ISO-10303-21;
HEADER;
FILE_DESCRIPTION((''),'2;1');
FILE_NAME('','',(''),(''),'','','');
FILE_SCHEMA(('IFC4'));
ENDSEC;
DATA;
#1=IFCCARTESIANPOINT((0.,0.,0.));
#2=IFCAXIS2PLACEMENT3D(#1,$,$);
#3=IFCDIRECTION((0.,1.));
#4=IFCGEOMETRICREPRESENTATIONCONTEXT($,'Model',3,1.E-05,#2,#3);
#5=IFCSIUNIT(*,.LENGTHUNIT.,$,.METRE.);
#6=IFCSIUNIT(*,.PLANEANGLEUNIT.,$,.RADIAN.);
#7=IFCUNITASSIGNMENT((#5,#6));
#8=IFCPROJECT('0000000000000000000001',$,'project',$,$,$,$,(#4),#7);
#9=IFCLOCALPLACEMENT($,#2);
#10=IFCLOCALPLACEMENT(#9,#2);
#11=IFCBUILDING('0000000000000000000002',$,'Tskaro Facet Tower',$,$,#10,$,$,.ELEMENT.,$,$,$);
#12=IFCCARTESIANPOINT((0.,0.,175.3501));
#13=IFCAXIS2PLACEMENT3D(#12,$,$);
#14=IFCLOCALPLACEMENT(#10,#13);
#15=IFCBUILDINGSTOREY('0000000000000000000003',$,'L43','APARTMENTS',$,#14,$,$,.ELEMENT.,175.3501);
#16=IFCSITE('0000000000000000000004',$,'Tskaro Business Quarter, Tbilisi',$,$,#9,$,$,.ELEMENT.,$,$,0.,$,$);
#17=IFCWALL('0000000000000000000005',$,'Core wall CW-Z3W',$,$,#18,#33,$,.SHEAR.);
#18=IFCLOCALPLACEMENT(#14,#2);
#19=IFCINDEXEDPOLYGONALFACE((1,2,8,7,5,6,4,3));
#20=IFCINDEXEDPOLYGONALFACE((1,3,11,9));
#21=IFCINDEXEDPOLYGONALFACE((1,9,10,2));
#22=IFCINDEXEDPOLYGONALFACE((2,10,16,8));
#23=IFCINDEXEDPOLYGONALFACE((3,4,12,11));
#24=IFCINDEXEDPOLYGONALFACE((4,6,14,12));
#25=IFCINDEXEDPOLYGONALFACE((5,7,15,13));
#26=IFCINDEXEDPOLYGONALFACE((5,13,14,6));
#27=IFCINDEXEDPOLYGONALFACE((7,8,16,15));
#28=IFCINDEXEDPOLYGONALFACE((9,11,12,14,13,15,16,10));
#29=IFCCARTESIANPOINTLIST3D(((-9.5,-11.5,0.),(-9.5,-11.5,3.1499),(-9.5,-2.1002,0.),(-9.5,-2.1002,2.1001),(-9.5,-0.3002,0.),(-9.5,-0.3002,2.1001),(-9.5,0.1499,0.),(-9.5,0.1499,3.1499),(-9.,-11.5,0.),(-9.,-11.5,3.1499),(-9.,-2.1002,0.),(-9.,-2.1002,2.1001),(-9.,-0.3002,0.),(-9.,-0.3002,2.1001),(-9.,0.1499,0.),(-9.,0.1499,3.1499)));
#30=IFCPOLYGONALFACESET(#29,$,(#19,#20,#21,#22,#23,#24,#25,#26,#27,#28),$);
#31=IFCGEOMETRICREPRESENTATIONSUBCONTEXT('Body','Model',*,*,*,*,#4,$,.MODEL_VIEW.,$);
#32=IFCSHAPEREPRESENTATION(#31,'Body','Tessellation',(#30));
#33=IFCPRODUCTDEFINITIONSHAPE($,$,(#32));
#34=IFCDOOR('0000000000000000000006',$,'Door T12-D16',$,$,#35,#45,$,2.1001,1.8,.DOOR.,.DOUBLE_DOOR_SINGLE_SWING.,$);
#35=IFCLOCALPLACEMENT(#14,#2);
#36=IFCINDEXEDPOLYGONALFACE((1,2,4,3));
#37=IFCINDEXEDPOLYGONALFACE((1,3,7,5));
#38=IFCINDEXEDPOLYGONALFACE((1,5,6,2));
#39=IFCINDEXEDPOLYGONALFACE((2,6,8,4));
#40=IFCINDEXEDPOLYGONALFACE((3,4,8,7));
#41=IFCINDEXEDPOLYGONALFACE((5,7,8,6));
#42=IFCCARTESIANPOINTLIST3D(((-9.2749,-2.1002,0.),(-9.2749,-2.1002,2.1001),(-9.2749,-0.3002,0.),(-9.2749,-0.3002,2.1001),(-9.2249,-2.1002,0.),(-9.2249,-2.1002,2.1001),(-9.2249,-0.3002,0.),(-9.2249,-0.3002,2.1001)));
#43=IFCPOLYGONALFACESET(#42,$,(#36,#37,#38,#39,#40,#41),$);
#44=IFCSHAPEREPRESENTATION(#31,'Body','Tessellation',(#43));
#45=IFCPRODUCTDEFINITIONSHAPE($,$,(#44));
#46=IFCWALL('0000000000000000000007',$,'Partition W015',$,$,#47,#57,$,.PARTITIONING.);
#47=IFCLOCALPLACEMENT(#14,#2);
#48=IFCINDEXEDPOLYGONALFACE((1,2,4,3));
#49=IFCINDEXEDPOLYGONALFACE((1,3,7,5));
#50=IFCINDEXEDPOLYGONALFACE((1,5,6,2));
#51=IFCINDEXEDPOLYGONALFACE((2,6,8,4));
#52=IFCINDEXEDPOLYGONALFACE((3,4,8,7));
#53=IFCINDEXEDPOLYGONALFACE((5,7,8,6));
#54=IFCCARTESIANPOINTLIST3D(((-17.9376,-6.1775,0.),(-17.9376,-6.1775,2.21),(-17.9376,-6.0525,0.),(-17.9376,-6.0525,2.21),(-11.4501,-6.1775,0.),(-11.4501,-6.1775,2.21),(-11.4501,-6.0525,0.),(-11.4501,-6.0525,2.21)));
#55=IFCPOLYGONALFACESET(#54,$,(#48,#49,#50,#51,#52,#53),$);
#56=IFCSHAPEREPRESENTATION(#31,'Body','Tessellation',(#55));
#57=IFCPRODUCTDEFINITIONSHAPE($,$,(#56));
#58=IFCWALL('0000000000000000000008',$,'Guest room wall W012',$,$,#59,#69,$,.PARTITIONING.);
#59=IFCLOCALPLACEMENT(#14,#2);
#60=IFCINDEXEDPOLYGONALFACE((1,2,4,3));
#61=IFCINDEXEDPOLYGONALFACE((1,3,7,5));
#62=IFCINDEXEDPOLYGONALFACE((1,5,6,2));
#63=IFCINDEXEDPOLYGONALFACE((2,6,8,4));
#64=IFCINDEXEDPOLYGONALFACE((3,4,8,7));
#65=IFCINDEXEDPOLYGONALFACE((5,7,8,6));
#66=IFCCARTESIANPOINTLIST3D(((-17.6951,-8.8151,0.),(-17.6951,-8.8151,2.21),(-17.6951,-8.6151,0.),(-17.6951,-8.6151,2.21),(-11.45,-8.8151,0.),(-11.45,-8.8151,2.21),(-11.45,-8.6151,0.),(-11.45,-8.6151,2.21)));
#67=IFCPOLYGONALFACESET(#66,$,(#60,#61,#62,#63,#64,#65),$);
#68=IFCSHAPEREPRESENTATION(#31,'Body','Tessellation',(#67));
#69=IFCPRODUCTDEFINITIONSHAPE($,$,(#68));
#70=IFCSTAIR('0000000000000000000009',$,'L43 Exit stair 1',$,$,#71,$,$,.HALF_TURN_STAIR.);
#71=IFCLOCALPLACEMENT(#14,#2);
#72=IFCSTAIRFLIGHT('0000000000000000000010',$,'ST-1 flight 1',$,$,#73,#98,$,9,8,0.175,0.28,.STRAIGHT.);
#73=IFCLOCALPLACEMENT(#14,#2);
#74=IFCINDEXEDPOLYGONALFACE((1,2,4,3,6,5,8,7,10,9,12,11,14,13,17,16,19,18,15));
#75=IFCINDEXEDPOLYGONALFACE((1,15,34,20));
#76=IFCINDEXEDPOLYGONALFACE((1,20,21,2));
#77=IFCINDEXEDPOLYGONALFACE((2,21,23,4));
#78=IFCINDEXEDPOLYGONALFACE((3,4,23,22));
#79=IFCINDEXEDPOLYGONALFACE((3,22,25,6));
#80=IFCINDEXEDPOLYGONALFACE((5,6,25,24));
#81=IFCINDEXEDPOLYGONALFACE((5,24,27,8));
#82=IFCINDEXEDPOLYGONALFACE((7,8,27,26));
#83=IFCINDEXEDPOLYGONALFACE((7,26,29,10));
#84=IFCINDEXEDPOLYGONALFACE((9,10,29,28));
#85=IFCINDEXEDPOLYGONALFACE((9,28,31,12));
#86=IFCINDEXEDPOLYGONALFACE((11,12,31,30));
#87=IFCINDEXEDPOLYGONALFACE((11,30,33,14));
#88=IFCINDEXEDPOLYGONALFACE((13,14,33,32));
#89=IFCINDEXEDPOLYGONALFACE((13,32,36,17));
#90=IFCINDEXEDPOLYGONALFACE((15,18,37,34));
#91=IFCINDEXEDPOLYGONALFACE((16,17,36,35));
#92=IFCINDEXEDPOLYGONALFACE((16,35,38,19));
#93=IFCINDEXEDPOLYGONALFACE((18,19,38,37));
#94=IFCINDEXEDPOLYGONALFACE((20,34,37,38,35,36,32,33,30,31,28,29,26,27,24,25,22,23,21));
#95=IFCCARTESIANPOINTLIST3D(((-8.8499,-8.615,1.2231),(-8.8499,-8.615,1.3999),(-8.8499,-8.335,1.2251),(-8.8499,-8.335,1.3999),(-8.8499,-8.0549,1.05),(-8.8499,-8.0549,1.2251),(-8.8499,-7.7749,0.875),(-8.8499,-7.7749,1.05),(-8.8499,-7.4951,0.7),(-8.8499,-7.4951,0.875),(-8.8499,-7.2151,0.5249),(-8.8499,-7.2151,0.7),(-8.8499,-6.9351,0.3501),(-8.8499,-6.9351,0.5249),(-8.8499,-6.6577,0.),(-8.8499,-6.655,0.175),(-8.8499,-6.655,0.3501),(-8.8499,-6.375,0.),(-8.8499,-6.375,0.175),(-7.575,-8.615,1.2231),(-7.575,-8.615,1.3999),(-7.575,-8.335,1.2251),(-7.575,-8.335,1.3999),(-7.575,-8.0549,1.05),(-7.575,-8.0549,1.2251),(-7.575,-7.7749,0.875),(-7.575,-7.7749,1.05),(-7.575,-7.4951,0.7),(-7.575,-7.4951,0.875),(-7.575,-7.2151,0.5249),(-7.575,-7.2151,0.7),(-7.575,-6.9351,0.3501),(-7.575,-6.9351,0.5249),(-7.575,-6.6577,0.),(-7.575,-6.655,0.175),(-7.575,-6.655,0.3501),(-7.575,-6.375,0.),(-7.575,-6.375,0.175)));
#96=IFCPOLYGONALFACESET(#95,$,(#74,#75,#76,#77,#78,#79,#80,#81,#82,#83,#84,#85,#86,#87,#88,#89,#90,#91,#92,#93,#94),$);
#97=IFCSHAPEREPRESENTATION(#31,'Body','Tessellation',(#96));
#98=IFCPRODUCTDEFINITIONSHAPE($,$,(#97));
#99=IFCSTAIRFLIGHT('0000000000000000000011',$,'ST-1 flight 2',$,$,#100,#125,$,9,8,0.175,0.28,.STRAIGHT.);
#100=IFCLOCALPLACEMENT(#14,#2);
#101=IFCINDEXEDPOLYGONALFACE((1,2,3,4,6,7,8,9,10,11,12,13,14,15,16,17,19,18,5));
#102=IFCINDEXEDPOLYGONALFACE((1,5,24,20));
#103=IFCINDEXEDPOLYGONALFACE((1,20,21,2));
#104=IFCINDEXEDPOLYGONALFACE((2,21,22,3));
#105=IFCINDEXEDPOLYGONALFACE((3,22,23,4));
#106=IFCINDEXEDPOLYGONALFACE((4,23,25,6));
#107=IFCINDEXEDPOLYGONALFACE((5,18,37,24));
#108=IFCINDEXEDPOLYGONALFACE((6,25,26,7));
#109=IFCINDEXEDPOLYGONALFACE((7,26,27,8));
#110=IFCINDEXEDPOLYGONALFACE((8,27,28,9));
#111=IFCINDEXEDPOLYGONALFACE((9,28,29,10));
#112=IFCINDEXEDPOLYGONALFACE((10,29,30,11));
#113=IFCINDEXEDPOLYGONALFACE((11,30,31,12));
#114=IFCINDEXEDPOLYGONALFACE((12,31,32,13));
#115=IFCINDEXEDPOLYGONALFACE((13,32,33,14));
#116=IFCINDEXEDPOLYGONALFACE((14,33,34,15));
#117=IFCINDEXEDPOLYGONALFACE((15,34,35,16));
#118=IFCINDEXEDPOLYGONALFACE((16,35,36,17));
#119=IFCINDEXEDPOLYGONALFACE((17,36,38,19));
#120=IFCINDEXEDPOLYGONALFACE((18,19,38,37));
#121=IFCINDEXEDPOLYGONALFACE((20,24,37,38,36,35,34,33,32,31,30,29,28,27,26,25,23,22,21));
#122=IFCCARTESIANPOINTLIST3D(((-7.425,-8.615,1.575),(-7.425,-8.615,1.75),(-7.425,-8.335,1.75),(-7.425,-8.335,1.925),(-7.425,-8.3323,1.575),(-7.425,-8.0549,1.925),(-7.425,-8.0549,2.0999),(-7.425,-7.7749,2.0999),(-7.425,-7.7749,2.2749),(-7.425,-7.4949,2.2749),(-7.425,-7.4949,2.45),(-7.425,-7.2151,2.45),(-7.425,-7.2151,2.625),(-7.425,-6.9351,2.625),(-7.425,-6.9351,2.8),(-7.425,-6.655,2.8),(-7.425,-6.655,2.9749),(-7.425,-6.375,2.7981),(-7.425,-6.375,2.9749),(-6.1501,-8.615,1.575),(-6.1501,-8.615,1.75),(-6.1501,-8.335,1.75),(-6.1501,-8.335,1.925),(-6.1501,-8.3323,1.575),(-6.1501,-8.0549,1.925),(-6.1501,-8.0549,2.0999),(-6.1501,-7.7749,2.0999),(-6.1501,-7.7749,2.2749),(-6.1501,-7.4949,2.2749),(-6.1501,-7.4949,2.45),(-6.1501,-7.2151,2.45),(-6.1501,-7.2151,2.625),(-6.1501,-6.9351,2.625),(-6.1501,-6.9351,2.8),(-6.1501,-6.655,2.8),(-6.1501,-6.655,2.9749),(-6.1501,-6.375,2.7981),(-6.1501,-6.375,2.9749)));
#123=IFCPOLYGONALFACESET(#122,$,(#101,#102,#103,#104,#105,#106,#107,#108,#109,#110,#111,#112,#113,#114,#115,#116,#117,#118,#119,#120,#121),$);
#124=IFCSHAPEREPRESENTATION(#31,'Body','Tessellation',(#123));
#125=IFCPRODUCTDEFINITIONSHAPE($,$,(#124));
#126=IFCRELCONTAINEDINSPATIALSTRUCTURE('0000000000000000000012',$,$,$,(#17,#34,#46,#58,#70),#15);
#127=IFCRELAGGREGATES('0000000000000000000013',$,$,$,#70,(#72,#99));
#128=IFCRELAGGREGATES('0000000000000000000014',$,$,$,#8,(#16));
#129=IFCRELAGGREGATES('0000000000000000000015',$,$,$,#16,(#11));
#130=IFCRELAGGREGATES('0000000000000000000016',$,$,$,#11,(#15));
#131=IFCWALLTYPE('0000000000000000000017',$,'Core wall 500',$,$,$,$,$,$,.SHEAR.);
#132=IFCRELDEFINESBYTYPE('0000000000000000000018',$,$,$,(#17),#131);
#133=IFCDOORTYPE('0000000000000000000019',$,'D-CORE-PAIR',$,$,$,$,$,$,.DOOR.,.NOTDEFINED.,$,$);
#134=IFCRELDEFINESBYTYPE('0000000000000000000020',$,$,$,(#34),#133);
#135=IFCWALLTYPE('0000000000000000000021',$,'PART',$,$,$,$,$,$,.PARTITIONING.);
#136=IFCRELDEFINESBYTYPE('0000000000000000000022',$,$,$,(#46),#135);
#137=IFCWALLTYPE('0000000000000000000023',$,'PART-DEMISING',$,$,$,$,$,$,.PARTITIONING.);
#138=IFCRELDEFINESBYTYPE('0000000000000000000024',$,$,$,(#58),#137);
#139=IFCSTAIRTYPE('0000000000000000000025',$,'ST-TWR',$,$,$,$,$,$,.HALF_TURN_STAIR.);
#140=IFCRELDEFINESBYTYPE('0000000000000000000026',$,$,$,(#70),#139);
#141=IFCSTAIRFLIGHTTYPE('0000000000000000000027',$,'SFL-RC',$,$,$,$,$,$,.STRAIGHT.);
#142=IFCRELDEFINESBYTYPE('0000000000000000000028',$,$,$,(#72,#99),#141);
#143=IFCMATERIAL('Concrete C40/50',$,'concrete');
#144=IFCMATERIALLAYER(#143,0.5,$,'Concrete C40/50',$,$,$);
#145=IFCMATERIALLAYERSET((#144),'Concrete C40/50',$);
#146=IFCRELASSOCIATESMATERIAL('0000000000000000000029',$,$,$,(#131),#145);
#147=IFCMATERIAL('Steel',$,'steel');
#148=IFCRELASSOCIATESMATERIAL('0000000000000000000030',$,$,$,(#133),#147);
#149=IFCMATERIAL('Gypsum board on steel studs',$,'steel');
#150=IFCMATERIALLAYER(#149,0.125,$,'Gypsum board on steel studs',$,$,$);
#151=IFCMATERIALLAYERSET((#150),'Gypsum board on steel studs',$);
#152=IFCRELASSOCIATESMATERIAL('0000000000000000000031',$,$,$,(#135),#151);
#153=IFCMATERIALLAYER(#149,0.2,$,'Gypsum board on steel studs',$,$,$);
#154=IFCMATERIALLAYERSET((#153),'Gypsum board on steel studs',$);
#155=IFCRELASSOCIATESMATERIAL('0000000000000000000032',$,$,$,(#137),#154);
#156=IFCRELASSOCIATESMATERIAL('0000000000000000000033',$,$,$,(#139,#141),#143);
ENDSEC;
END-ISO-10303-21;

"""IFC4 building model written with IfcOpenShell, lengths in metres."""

from ifc_helpers import new_model, si_unit, direction, frame, frame_2d, origin, place, context, subcontext, project, spatial, polyline, rectangle, outline, extrude, material, layer, layer_set, type_object, element, fill, aggregate, save


model = new_model("IFC4")

# Units and contexts
model_context = context("Model", 3, precision=1e-05, world=origin(), true_north=direction((0.0, 1.0)))
body_context = subcontext(model_context, "Body", "Model", "MODEL_VIEW")
ifc_project = project(units=[si_unit("LENGTHUNIT", "METRE"), si_unit("PLANEANGLEUNIT", "RADIAN")], contexts=[model_context])

# Site, building, storey
site_placement = place(None, origin())
site = spatial("IfcSite", under=ifc_project, at=site_placement, Name="Tskaro Business Quarter, Tbilisi", CompositionType="ELEMENT", RefElevation=0.0)
building_placement = place(site_placement, origin())
building = spatial("IfcBuilding", under=site, at=building_placement, Name="Tskaro Facet Tower", CompositionType="ELEMENT")
storey_placement = place(building_placement, frame((0.0, 0.0, 175.3501)))
storey = spatial("IfcBuildingStorey", under=building, at=storey_placement, Name="L43", Description="APARTMENTS", CompositionType="ELEMENT", Elevation=175.3501)

# Shared definitions
ifc_material_1 = material(Name="Steel", Category="steel")

# Shared definitions
ifc_material_2 = material(Name="Concrete C40/50", Category="concrete")
ifc_layer_1 = layer(ifc_material_2, 0.5, Name="Concrete C40/50")
ifc_layer_set_1 = layer_set([ifc_layer_1], Name="Concrete C40/50")
wall_type_1 = type_object("IfcWallType", Name="Core wall 500", PredefinedType="SHEAR", material=ifc_layer_set_1)

# Wall, opening, door
wall_1_placement = place(storey_placement, frame((-9.25, -11.5, 0.0), z_axis=(0.0, 0.0, 1.0), x_axis=(0.0, 1.0, 0.0)))
wall_1 = element("IfcWall", 1, at=wall_1_placement, inside=storey, type_object=wall_type_1, Name="Core wall CW-Z3W", PredefinedType="SHEAR", context=body_context, shape_type="SweptSolid", body=[
    extrude(rectangle(XDim=11.6499, YDim=0.5, at=frame_2d((5.825, 0.0))), origin(), (0.0, 0.0, 1.0), 3.1499),
])
opening_1_placement = place(wall_1_placement, frame((9.3999, 0.0, 0.0)))
opening_1 = element("IfcOpeningElement", 2, at=opening_1_placement, cuts=wall_1, PredefinedType="OPENING", context=body_context, shape_type="SweptSolid", body=[
    extrude(rectangle(XDim=1.8, YDim=2.1001, at=frame_2d((0.8999, 1.05))), frame((0.0, 0.26, 0.0), z_axis=(0.0, -1.0, 0.0), x_axis=(1.0, 0.0, 0.0)), (0.0, 0.0, 1.0), 0.52),
])
door_type_1 = type_object("IfcDoorType", Name="D-CORE-PAIR", OperationType="NOTDEFINED", PredefinedType="DOOR", material=ifc_material_1)
door_1_placement = place(opening_1_placement, origin())
door_1 = element("IfcDoor", 3, at=door_1_placement, inside=storey, type_object=door_type_1, Name="Door T12-D16", OperationType="DOUBLE_DOOR_SINGLE_SWING", OverallHeight=2.1001, OverallWidth=1.8, PredefinedType="DOOR", context=body_context, shape_type="SweptSolid", body=[
    extrude(rectangle(XDim=1.8, YDim=2.1001, at=frame_2d((0.8999, 1.05))), frame((0.0, 0.0249, 0.0), z_axis=(0.0, -1.0, 0.0), x_axis=(1.0, 0.0, 0.0)), (0.0, 0.0, 1.0), 0.05),
])
fill(opening_1, door_1)

# Walls
ifc_material_3 = material(Name="Gypsum board on steel studs", Category="steel")
ifc_layer_2 = layer(ifc_material_3, 0.125, Name="Gypsum board on steel studs")
ifc_layer_set_2 = layer_set([ifc_layer_2], Name="Gypsum board on steel studs")
wall_type_2 = type_object("IfcWallType", Name="PART", PredefinedType="PARTITIONING", material=ifc_layer_set_2)
wall_2_placement = place(storey_placement, frame((-17.9375, -6.115, 0.0), z_axis=(0.0, 0.0, 1.0), x_axis=(1.0, 0.0, 0.0)))
element("IfcWall", 4, at=wall_2_placement, inside=storey, type_object=wall_type_2, Name="Partition W015", PredefinedType="PARTITIONING", context=body_context, shape_type="SweptSolid", body=[
    extrude(rectangle(XDim=6.4875, YDim=0.125, at=frame_2d((3.2437, 0.0))), origin(), (0.0, 0.0, 1.0), 2.21),
])
ifc_layer_3 = layer(ifc_material_3, 0.2, Name="Gypsum board on steel studs")
ifc_layer_set_3 = layer_set([ifc_layer_3], Name="Gypsum board on steel studs")
wall_type_3 = type_object("IfcWallType", Name="PART-DEMISING", PredefinedType="PARTITIONING", material=ifc_layer_set_3)
wall_3_placement = place(storey_placement, frame((-17.6951, -8.7151, 0.0), z_axis=(0.0, 0.0, 1.0), x_axis=(1.0, 0.0, 0.0)))
element("IfcWall", 5, at=wall_3_placement, inside=storey, type_object=wall_type_3, Name="Guest room wall W012", PredefinedType="PARTITIONING", context=body_context, shape_type="SweptSolid", body=[
    extrude(rectangle(XDim=6.2451, YDim=0.2, at=frame_2d((3.1226, 0.0))), origin(), (0.0, 0.0, 1.0), 2.21),
])

# Stair, stair flights
stair_type = type_object("IfcStairType", Name="ST-TWR", PredefinedType="HALF_TURN_STAIR", material=ifc_material_2)
stair_placement = place(storey_placement, origin())
stair = element("IfcStair", 6, at=stair_placement, inside=storey, type_object=stair_type, Name="L43 Exit stair 1", PredefinedType="HALF_TURN_STAIR")
stair_flight_type = type_object("IfcStairFlightType", Name="SFL-RC", PredefinedType="STRAIGHT", material=ifc_material_2)
stair_flight_1_placement = place(storey_placement, frame((-8.2124, -6.375, 0.0), z_axis=(0.0, 0.0, 1.0), x_axis=(0.0, -1.0, 0.0)))
stair_flight_1 = element("IfcStairFlight", 7, at=stair_flight_1_placement, type_object=stair_flight_type, Name="ST-1 flight 1", NumberOfRisers=9, NumberOfTreads=8, PredefinedType="STRAIGHT", RiserHeight=0.175, TreadLength=0.28, context=body_context, shape_type="SweptSolid", body=[
    extrude(outline(polyline([(0.0, 0.0), (0.0, 0.175), (0.28, 0.175), (0.28, 0.3501), (0.5601, 0.3501), (0.5601, 0.5249), (0.8401, 0.5249), (0.8401, 0.7), (1.1201, 0.7), (1.1201, 0.875), (1.3999, 0.875), (1.3999, 1.05), (1.6799, 1.05), (1.6799, 1.2251), (1.96, 1.2251), (1.96, 1.3999), (2.24, 1.3999), (2.24, 1.575), (2.24, 1.2231), (0.2827, 0.0), (0.0, 0.0)])), frame((0.0, 0.6375, 0.0), z_axis=(0.0, -1.0, 0.0), x_axis=(1.0, 0.0, 0.0)), (0.0, 0.0, 1.0), 1.2749),
])
stair_flight_2_placement = place(storey_placement, frame((-6.7876, -8.615, 1.575), z_axis=(0.0, 0.0, 1.0), x_axis=(0.0, 1.0, 0.0)))
stair_flight_2 = element("IfcStairFlight", 8, at=stair_flight_2_placement, type_object=stair_flight_type, Name="ST-1 flight 2", NumberOfRisers=9, NumberOfTreads=8, PredefinedType="STRAIGHT", RiserHeight=0.175, TreadLength=0.28, context=body_context, shape_type="SweptSolid", body=[
    extrude(outline(polyline([(0.0, 0.0), (0.0, 0.175), (0.28, 0.175), (0.28, 0.3501), (0.5601, 0.3501), (0.5601, 0.5249), (0.8401, 0.5249), (0.8401, 0.7), (1.1201, 0.7), (1.1201, 0.875), (1.3999, 0.875), (1.3999, 1.05), (1.6799, 1.05), (1.6799, 1.2251), (1.96, 1.2251), (1.96, 1.3999), (2.24, 1.3999), (2.24, 1.575), (2.24, 1.2231), (0.2827, 0.0), (0.0, 0.0)])), frame((0.0, 0.6375, 0.0), z_axis=(0.0, -1.0, 0.0), x_axis=(1.0, 0.0, 0.0)), (0.0, 0.0, 1.0), 1.2749),
])
aggregate(stair, [stair_flight_1, stair_flight_2])

save(model, "model.ifc")
